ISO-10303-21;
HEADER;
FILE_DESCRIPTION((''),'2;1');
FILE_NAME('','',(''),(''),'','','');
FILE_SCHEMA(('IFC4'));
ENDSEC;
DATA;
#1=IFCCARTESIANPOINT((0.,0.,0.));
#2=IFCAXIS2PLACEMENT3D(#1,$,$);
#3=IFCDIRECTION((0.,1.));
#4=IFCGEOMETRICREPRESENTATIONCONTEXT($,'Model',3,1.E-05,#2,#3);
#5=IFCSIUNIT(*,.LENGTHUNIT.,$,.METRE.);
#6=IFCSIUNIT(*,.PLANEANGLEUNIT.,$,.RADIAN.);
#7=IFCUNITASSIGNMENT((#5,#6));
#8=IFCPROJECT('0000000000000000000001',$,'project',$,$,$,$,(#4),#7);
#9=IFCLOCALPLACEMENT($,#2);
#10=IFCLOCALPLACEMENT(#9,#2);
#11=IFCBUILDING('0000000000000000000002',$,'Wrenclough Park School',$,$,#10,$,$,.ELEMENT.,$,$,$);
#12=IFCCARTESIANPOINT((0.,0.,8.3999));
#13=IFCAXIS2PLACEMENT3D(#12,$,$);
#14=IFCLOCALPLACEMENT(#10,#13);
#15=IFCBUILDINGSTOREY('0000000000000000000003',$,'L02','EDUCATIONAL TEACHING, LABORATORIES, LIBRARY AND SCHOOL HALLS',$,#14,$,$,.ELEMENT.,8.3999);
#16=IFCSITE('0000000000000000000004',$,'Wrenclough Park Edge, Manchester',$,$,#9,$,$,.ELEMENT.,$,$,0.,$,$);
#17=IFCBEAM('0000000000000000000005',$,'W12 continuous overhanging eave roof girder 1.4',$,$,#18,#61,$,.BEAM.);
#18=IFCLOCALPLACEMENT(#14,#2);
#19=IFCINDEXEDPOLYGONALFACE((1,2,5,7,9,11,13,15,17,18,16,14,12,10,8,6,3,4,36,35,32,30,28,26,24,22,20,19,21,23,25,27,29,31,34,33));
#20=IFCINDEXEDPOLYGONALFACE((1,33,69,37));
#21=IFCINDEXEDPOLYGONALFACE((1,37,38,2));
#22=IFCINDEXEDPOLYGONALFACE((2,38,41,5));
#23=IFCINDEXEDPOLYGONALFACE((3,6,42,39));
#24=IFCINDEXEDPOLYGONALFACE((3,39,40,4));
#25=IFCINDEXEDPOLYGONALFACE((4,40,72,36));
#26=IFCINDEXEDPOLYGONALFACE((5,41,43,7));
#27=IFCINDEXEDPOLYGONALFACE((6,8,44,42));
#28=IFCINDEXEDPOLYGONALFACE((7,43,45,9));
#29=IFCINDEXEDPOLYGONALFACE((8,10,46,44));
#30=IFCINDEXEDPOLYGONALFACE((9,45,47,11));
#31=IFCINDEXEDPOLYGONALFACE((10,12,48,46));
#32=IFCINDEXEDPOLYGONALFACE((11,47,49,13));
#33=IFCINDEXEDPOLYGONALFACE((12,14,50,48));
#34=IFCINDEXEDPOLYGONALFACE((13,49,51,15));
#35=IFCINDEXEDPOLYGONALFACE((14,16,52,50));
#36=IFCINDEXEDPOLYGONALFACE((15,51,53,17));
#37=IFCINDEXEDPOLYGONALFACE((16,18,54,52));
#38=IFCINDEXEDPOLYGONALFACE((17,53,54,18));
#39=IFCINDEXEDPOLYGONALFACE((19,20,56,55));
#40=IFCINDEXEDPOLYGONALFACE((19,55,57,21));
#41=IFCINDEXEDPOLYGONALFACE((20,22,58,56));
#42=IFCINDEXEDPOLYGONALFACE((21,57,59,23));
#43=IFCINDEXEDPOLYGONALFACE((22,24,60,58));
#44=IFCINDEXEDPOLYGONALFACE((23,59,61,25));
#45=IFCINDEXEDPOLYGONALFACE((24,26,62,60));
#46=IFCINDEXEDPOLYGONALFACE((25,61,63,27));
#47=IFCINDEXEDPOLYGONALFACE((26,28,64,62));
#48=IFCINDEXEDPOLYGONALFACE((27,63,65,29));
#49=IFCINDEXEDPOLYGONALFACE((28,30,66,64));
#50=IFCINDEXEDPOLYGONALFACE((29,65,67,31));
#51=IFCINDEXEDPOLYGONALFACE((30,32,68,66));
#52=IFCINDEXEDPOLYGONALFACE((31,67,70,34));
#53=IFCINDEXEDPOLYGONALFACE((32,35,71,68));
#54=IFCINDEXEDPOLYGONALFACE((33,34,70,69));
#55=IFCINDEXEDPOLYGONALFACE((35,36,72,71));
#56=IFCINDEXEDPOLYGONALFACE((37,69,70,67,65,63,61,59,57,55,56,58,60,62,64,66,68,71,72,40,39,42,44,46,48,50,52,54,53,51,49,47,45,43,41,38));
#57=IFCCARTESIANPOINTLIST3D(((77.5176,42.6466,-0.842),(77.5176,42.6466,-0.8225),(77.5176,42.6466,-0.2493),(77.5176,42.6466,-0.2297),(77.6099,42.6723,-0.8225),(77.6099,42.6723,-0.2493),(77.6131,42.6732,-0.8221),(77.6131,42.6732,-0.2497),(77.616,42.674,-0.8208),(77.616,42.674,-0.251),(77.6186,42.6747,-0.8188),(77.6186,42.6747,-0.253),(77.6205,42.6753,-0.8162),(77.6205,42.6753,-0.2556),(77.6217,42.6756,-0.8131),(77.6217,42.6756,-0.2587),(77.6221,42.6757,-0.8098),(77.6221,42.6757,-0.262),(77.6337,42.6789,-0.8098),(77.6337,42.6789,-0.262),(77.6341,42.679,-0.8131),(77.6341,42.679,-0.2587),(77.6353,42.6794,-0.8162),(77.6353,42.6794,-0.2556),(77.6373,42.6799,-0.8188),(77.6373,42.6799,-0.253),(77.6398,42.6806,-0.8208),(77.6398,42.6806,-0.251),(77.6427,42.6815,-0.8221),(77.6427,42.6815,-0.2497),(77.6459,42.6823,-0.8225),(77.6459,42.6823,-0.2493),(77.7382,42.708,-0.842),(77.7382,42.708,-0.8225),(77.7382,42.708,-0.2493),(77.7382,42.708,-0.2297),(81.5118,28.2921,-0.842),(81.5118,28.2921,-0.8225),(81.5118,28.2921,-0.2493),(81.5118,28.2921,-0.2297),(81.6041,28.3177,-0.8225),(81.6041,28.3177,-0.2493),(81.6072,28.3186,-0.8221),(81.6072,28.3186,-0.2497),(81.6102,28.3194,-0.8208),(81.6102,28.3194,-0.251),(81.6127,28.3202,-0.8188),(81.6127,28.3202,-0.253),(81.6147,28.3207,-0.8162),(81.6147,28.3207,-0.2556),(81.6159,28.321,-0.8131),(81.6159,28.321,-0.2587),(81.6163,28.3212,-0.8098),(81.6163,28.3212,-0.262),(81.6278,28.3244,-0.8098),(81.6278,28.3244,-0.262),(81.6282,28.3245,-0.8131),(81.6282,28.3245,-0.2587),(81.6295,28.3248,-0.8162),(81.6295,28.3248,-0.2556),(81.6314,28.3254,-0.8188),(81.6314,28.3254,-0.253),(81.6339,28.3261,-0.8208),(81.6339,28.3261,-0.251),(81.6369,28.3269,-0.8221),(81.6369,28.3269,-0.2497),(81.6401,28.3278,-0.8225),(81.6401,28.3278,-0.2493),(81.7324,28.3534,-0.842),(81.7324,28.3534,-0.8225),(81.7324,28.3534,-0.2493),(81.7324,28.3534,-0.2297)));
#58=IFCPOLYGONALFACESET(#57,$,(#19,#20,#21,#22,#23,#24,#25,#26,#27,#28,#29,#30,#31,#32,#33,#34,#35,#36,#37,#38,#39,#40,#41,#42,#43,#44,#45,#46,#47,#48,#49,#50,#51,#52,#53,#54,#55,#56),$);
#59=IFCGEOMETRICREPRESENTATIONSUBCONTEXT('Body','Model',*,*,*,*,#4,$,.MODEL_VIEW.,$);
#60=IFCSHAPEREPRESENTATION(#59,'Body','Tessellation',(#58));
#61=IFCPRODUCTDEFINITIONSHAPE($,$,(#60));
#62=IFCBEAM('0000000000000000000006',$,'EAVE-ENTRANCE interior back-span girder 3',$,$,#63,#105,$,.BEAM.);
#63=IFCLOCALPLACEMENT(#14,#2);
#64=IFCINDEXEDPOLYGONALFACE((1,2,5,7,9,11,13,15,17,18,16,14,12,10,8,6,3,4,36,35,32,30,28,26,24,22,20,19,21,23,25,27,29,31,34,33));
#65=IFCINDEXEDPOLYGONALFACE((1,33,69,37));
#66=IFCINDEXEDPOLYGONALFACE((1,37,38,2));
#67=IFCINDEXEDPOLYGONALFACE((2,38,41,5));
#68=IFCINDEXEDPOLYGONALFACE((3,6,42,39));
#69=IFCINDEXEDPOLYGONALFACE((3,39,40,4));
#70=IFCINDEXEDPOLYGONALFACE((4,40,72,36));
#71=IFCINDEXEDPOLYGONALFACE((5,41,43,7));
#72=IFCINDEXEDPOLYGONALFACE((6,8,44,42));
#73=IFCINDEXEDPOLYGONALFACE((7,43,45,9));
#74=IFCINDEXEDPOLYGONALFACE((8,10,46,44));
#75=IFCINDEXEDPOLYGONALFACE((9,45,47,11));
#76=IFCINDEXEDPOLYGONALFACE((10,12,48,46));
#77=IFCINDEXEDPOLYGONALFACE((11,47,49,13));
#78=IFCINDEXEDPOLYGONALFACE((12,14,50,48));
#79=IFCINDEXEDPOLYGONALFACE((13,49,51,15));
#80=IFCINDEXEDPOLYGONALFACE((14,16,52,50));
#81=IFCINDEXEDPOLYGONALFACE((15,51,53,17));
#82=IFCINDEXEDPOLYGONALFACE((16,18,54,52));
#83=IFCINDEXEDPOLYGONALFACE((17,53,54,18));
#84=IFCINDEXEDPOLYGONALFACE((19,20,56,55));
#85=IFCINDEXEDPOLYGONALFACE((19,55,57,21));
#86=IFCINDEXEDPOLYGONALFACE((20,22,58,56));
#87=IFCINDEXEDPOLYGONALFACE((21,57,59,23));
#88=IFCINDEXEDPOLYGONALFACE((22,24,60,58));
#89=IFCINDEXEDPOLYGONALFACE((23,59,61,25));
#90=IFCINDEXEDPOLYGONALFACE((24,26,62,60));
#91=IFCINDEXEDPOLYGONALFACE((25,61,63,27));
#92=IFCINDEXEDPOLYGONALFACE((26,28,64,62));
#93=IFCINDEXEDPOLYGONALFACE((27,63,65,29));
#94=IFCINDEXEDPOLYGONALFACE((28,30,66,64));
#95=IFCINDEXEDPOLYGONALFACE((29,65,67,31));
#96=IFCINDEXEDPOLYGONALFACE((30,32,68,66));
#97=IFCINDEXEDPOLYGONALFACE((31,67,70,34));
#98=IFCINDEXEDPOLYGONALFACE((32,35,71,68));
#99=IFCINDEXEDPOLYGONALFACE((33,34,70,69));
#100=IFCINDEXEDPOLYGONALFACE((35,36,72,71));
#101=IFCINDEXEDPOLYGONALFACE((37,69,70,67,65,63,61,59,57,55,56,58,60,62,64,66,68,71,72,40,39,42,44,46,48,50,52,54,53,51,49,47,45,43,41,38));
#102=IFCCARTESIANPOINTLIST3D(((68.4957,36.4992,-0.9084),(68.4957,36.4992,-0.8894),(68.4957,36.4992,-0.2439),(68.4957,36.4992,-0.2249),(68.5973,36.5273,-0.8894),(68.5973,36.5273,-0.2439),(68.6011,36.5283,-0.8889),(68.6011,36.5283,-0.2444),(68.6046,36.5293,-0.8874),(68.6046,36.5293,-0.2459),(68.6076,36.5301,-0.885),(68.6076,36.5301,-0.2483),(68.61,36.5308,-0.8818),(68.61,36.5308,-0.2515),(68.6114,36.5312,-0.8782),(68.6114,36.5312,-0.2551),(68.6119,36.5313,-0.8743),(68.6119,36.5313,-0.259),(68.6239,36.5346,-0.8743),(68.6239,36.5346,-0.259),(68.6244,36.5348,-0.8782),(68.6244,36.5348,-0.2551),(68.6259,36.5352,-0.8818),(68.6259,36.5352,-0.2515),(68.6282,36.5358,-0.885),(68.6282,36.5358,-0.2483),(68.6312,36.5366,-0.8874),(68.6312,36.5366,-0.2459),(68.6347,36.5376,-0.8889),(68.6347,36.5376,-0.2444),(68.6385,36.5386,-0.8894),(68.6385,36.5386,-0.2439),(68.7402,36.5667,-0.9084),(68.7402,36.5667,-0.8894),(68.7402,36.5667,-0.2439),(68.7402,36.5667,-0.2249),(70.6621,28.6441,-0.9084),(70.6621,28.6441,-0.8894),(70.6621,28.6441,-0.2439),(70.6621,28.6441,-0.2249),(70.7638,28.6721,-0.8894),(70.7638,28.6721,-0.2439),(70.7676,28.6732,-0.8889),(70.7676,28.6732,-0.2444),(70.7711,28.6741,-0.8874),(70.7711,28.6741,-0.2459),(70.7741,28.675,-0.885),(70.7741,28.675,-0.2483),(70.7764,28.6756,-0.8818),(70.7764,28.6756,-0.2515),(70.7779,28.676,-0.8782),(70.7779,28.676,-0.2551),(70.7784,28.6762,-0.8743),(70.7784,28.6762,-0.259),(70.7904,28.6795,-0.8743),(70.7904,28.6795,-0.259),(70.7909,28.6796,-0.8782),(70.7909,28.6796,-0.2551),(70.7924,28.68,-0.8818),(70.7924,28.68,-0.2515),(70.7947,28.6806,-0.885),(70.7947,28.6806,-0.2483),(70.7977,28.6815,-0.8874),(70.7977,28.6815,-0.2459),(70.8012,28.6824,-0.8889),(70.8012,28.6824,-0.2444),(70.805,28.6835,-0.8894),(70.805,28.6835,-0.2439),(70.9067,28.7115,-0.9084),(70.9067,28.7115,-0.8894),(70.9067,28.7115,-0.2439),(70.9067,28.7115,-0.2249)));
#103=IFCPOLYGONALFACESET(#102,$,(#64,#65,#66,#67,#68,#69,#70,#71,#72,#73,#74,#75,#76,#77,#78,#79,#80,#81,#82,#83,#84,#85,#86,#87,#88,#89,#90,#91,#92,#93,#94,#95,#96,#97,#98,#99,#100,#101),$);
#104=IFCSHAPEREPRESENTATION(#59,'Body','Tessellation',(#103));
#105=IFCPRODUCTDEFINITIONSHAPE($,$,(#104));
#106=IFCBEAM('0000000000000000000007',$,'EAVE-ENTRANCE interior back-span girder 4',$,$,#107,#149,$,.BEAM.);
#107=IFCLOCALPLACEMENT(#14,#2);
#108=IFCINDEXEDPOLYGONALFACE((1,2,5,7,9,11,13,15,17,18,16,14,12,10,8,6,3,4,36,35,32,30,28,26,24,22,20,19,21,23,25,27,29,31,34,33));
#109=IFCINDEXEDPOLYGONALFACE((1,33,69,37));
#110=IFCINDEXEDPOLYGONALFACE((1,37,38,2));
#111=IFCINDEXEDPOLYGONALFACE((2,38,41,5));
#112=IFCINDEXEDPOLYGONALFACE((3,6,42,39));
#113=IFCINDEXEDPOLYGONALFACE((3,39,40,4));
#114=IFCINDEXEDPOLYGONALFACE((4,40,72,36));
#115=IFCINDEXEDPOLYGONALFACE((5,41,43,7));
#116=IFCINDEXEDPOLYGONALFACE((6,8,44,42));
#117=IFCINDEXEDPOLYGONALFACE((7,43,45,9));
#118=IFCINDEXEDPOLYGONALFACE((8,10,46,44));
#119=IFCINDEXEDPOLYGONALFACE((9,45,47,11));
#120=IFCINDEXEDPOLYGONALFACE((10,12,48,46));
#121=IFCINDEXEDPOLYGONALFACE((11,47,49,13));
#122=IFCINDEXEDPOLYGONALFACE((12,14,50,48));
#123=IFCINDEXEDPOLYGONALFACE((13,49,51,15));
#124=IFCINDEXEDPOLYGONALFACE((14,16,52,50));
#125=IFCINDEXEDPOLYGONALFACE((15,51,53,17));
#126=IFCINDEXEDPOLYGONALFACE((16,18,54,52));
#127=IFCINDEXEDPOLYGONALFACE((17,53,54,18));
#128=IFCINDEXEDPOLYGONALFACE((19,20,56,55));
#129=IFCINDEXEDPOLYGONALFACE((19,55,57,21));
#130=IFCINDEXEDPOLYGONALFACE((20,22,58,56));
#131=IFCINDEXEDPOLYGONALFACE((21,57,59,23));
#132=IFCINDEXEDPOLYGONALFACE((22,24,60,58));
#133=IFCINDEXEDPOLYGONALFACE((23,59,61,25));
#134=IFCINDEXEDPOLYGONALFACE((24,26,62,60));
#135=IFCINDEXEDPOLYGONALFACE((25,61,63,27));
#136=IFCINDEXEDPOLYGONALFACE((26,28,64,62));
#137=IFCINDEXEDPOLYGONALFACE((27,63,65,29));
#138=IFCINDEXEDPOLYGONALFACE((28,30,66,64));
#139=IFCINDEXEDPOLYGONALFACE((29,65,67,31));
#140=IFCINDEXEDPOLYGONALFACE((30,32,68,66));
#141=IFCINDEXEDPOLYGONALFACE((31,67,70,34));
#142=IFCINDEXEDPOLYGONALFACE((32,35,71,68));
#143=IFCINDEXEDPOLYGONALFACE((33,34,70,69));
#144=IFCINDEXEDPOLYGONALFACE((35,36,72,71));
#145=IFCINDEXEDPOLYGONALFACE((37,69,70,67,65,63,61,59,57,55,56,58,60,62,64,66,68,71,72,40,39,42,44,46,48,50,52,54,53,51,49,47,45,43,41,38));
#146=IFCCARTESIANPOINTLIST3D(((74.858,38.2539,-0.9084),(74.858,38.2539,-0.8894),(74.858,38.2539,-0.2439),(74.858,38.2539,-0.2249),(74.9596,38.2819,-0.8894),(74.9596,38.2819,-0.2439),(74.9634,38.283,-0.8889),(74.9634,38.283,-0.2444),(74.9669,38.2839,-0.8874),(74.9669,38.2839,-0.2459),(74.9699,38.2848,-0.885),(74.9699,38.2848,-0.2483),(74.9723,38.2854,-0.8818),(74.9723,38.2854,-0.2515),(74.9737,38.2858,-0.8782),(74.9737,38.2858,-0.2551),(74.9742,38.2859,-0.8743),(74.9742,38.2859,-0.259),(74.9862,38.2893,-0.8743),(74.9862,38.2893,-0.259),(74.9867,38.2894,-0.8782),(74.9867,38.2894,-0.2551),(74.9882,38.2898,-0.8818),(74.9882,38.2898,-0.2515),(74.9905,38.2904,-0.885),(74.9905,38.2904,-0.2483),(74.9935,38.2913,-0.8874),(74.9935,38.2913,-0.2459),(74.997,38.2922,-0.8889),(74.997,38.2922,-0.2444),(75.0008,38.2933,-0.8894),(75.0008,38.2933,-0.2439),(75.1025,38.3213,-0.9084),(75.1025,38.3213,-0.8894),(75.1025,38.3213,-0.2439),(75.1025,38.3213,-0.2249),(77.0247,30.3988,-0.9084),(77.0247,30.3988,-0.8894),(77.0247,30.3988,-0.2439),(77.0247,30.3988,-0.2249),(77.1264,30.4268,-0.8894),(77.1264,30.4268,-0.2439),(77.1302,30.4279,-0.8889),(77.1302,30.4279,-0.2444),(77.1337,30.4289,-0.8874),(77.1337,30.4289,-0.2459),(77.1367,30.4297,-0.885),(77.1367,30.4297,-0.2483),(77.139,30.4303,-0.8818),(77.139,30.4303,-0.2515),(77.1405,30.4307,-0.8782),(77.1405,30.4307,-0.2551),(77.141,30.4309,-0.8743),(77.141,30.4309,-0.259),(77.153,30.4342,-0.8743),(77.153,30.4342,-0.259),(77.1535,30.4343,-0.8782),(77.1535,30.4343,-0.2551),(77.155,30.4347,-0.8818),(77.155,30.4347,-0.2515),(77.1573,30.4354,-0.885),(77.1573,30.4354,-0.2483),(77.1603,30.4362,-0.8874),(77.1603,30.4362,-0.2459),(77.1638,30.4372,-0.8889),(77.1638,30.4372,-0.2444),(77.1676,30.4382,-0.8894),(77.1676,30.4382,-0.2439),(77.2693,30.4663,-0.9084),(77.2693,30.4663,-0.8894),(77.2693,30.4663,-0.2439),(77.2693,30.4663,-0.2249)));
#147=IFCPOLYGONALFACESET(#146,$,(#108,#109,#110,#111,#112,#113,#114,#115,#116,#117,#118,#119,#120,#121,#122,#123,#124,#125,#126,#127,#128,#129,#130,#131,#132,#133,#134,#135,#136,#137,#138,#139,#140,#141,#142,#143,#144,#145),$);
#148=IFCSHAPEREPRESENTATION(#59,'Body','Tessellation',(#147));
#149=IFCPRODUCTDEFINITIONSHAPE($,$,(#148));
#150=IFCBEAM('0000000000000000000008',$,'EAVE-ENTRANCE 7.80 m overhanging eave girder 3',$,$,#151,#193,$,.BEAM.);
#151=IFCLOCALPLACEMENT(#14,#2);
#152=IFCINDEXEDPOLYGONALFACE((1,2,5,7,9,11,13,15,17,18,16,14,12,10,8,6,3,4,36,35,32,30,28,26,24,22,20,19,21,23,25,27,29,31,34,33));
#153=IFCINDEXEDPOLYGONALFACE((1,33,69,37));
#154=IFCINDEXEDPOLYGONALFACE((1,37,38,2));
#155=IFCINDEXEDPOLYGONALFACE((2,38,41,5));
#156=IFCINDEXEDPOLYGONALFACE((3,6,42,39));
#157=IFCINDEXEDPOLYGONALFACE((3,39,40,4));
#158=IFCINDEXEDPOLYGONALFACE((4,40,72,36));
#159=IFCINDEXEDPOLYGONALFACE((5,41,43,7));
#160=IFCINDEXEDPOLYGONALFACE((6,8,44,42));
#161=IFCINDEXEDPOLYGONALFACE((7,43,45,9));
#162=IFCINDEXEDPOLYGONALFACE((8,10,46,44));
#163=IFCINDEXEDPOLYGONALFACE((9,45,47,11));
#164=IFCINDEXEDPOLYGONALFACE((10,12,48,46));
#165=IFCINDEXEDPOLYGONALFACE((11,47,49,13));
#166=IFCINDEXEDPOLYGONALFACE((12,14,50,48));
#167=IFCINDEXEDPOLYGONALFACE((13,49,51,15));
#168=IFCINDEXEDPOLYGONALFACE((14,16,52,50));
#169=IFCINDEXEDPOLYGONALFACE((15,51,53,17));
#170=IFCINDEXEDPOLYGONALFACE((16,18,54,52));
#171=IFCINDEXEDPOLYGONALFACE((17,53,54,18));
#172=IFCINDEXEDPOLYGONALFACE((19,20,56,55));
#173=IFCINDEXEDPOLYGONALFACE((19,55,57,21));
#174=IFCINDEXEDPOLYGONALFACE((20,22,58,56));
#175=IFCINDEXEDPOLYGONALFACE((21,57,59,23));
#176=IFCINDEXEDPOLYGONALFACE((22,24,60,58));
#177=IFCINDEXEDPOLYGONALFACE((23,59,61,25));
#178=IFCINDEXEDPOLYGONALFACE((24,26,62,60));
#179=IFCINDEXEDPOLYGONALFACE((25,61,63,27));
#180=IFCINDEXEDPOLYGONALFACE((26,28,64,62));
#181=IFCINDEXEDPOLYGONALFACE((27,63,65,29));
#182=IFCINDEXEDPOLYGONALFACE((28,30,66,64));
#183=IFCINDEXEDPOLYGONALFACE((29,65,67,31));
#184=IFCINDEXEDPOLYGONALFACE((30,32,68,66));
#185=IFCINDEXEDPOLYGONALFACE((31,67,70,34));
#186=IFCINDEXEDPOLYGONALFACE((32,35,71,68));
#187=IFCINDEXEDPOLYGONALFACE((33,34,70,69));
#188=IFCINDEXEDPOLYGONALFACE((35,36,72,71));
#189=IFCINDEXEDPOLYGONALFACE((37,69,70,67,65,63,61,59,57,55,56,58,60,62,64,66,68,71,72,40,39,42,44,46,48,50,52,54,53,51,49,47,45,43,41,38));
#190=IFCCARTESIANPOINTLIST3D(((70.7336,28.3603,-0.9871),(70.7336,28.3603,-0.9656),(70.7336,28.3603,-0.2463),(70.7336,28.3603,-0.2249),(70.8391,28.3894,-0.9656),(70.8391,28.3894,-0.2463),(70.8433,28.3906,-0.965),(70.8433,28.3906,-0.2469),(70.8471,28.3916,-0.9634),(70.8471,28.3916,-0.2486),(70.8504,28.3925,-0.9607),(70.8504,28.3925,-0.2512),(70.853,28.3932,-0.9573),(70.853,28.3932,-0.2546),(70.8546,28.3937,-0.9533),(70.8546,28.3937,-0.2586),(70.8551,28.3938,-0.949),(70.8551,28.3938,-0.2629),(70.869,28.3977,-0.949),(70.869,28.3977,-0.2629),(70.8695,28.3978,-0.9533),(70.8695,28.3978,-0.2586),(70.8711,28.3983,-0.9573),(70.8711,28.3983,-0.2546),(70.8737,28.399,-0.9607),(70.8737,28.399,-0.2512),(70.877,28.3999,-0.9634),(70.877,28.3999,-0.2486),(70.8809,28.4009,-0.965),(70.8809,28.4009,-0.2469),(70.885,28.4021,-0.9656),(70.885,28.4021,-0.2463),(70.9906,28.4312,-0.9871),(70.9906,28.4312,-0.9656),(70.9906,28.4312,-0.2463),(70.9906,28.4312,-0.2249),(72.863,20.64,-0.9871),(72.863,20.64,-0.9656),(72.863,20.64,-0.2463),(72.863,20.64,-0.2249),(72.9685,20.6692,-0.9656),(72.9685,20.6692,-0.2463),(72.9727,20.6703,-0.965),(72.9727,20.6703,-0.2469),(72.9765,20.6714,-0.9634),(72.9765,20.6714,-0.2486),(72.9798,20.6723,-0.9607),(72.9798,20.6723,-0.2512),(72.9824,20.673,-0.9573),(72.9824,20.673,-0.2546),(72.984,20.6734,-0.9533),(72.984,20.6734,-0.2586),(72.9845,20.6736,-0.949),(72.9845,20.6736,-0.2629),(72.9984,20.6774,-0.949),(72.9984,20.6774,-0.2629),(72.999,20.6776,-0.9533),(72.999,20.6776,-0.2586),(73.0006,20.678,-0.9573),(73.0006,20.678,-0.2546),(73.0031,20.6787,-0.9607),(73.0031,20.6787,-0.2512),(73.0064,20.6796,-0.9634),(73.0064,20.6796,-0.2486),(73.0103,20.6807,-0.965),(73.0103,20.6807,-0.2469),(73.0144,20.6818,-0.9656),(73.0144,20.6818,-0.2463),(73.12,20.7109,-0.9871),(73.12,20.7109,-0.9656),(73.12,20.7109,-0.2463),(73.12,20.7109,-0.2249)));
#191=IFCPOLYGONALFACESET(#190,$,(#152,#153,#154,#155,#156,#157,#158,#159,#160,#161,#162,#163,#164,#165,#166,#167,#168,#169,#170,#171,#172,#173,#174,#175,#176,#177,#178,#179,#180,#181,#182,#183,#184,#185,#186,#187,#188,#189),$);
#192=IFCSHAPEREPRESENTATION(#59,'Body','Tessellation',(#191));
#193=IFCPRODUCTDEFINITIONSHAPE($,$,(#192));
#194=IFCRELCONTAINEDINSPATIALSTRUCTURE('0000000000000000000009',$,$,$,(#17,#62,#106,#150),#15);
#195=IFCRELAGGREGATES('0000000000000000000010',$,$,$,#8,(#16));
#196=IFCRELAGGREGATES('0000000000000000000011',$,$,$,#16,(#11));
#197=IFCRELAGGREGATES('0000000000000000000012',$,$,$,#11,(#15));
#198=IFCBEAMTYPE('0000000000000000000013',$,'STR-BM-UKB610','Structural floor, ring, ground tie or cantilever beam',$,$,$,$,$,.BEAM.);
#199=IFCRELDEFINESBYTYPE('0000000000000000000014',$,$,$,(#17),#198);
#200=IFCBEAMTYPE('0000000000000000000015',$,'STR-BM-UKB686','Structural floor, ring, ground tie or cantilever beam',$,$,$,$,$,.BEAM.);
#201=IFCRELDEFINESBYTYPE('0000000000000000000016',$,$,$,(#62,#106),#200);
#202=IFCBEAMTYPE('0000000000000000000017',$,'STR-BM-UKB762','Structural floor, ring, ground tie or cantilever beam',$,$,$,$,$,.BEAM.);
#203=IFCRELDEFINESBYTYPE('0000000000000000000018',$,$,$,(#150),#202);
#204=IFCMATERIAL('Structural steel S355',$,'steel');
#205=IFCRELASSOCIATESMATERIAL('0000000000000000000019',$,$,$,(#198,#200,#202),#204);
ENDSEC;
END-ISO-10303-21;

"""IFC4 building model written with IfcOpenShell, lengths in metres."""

from ifc_helpers import new_model, si_unit, direction, frame, origin, origin_2d, place, context, subcontext, project, spatial, i_section, extrude, material, material_profile, profile_set, type_object, element, save


model = new_model("IFC4")

# Units and contexts
model_context = context("Model", 3, precision=1e-05, world=origin(), true_north=direction((0.0, 1.0)))
body_context = subcontext(model_context, "Body", "Model", "MODEL_VIEW")
ifc_project = project(units=[si_unit("LENGTHUNIT", "METRE"), si_unit("PLANEANGLEUNIT", "RADIAN")], contexts=[model_context])

# Site, building, storey
site_placement = place(None, origin())
site = spatial("IfcSite", under=ifc_project, at=site_placement, Name="Wrenclough Park Edge, Manchester", CompositionType="ELEMENT", RefElevation=0.0)
building_placement = place(site_placement, origin())
building = spatial("IfcBuilding", under=site, at=building_placement, Name="Wrenclough Park School", CompositionType="ELEMENT")
storey_placement = place(building_placement, frame((0.0, 0.0, 8.3999)))
storey = spatial("IfcBuildingStorey", under=building, at=storey_placement, Name="L02", Description="EDUCATIONAL TEACHING, LABORATORIES, LIBRARY AND SCHOOL HALLS", CompositionType="ELEMENT", Elevation=8.3999)

# Beams
ifc_material_1 = material(Name="Structural steel S355", Category="steel")
ifc_material_profile_1 = material_profile(ifc_material_1, i_section(OverallWidth=0.229, OverallDepth=0.6123, WebThickness=0.012, FlangeThickness=0.0195, FilletRadius=0.0127, at=origin_2d()), Name="UKB 610x229x125")
ifc_profile_set_1 = profile_set([ifc_material_profile_1], Name="Structural steel S355")
beam_type_1 = type_object("IfcBeamType", Name="STR-BM-UKB610", Description="Structural floor, ring, ground tie or cantilever beam", PredefinedType="BEAM", material=ifc_profile_set_1)
beam_1_placement = place(storey_placement, frame((81.6221, 28.3228, -0.5359), z_axis=(-0.268066, 0.9634, 0.0), x_axis=(-0.9634, -0.268066, 0.0)))
element("IfcBeam", 1, at=beam_1_placement, inside=storey, type_object=beam_type_1, Name="W12 continuous overhanging eave roof girder 1.4", PredefinedType="BEAM", context=body_context, shape_type="SweptSolid", body=[
    extrude(i_section(OverallWidth=0.229, OverallDepth=0.6123, WebThickness=0.012, FlangeThickness=0.0195, FilletRadius=0.0127, at=origin_2d()), origin(), (0.0, 0.0, 1.0), 14.8999),
])
ifc_material_profile_2 = material_profile(ifc_material_1, i_section(OverallWidth=0.2537, OverallDepth=0.6836, WebThickness=0.0125, FlangeThickness=0.019, FilletRadius=0.0151, at=origin_2d()), Name="UKB 686x254x140")
ifc_profile_set_2 = profile_set([ifc_material_profile_2], Name="Structural steel S355")
beam_type_2 = type_object("IfcBeamType", Name="STR-BM-UKB686", Description="Structural floor, ring, ground tie or cantilever beam", PredefinedType="BEAM", material=ifc_profile_set_2)
for number, where, z_axis, x_axis, name in (
    (2, (68.6179, 36.533, -0.5667), (0.265877, -0.964007, 0.0), (0.964007, 0.265877, 0.0), "EAVE-ENTRANCE interior back-span girder 3"),
    (3, (74.9802, 38.2876, -0.5667), (0.265913, -0.963997, 0.0), (0.963997, 0.265913, 0.0), "EAVE-ENTRANCE interior back-span girder 4"),
):
    element("IfcBeam", number, at=place(storey_placement, frame(where, z_axis=z_axis, x_axis=x_axis)), inside=storey, type_object=beam_type_2, Name=name, PredefinedType="BEAM", context=body_context, shape_type="SweptSolid", body=[
        extrude(i_section(OverallWidth=0.2537, OverallDepth=0.6836, WebThickness=0.0125, FlangeThickness=0.019, FilletRadius=0.0151, at=origin_2d()), origin(), (0.0, 0.0, 1.0), 8.1484),
    ])
ifc_material_profile_3 = material_profile(ifc_material_1, i_section(OverallWidth=0.2666, OverallDepth=0.7622, WebThickness=0.0144, FlangeThickness=0.0215, FilletRadius=0.0166, at=origin_2d()), Name="UKB 762x267x173")
ifc_profile_set_3 = profile_set([ifc_material_profile_3], Name="Structural steel S355")
beam_type_3 = type_object("IfcBeamType", Name="STR-BM-UKB762", Description="Structural floor, ring, ground tie or cantilever beam", PredefinedType="BEAM", material=ifc_profile_set_3)
for number, where, z_axis, x_axis, name in (
    (4, (70.8621, 28.3958, -0.606), (0.265892, -0.964003, 0.0), (0.964003, 0.265892, 0.0), "EAVE-ENTRANCE 7.80 m overhanging eave girder 3"),
):
    element("IfcBeam", number, at=place(storey_placement, frame(where, z_axis=z_axis, x_axis=x_axis)), inside=storey, type_object=beam_type_3, Name=name, PredefinedType="BEAM", context=body_context, shape_type="SweptSolid", body=[
        extrude(i_section(OverallWidth=0.2666, OverallDepth=0.7622, WebThickness=0.0144, FlangeThickness=0.0215, FilletRadius=0.0166, at=origin_2d()), origin(), (0.0, 0.0, 1.0), 8.0085),
    ])

save(model, "model.ifc")
